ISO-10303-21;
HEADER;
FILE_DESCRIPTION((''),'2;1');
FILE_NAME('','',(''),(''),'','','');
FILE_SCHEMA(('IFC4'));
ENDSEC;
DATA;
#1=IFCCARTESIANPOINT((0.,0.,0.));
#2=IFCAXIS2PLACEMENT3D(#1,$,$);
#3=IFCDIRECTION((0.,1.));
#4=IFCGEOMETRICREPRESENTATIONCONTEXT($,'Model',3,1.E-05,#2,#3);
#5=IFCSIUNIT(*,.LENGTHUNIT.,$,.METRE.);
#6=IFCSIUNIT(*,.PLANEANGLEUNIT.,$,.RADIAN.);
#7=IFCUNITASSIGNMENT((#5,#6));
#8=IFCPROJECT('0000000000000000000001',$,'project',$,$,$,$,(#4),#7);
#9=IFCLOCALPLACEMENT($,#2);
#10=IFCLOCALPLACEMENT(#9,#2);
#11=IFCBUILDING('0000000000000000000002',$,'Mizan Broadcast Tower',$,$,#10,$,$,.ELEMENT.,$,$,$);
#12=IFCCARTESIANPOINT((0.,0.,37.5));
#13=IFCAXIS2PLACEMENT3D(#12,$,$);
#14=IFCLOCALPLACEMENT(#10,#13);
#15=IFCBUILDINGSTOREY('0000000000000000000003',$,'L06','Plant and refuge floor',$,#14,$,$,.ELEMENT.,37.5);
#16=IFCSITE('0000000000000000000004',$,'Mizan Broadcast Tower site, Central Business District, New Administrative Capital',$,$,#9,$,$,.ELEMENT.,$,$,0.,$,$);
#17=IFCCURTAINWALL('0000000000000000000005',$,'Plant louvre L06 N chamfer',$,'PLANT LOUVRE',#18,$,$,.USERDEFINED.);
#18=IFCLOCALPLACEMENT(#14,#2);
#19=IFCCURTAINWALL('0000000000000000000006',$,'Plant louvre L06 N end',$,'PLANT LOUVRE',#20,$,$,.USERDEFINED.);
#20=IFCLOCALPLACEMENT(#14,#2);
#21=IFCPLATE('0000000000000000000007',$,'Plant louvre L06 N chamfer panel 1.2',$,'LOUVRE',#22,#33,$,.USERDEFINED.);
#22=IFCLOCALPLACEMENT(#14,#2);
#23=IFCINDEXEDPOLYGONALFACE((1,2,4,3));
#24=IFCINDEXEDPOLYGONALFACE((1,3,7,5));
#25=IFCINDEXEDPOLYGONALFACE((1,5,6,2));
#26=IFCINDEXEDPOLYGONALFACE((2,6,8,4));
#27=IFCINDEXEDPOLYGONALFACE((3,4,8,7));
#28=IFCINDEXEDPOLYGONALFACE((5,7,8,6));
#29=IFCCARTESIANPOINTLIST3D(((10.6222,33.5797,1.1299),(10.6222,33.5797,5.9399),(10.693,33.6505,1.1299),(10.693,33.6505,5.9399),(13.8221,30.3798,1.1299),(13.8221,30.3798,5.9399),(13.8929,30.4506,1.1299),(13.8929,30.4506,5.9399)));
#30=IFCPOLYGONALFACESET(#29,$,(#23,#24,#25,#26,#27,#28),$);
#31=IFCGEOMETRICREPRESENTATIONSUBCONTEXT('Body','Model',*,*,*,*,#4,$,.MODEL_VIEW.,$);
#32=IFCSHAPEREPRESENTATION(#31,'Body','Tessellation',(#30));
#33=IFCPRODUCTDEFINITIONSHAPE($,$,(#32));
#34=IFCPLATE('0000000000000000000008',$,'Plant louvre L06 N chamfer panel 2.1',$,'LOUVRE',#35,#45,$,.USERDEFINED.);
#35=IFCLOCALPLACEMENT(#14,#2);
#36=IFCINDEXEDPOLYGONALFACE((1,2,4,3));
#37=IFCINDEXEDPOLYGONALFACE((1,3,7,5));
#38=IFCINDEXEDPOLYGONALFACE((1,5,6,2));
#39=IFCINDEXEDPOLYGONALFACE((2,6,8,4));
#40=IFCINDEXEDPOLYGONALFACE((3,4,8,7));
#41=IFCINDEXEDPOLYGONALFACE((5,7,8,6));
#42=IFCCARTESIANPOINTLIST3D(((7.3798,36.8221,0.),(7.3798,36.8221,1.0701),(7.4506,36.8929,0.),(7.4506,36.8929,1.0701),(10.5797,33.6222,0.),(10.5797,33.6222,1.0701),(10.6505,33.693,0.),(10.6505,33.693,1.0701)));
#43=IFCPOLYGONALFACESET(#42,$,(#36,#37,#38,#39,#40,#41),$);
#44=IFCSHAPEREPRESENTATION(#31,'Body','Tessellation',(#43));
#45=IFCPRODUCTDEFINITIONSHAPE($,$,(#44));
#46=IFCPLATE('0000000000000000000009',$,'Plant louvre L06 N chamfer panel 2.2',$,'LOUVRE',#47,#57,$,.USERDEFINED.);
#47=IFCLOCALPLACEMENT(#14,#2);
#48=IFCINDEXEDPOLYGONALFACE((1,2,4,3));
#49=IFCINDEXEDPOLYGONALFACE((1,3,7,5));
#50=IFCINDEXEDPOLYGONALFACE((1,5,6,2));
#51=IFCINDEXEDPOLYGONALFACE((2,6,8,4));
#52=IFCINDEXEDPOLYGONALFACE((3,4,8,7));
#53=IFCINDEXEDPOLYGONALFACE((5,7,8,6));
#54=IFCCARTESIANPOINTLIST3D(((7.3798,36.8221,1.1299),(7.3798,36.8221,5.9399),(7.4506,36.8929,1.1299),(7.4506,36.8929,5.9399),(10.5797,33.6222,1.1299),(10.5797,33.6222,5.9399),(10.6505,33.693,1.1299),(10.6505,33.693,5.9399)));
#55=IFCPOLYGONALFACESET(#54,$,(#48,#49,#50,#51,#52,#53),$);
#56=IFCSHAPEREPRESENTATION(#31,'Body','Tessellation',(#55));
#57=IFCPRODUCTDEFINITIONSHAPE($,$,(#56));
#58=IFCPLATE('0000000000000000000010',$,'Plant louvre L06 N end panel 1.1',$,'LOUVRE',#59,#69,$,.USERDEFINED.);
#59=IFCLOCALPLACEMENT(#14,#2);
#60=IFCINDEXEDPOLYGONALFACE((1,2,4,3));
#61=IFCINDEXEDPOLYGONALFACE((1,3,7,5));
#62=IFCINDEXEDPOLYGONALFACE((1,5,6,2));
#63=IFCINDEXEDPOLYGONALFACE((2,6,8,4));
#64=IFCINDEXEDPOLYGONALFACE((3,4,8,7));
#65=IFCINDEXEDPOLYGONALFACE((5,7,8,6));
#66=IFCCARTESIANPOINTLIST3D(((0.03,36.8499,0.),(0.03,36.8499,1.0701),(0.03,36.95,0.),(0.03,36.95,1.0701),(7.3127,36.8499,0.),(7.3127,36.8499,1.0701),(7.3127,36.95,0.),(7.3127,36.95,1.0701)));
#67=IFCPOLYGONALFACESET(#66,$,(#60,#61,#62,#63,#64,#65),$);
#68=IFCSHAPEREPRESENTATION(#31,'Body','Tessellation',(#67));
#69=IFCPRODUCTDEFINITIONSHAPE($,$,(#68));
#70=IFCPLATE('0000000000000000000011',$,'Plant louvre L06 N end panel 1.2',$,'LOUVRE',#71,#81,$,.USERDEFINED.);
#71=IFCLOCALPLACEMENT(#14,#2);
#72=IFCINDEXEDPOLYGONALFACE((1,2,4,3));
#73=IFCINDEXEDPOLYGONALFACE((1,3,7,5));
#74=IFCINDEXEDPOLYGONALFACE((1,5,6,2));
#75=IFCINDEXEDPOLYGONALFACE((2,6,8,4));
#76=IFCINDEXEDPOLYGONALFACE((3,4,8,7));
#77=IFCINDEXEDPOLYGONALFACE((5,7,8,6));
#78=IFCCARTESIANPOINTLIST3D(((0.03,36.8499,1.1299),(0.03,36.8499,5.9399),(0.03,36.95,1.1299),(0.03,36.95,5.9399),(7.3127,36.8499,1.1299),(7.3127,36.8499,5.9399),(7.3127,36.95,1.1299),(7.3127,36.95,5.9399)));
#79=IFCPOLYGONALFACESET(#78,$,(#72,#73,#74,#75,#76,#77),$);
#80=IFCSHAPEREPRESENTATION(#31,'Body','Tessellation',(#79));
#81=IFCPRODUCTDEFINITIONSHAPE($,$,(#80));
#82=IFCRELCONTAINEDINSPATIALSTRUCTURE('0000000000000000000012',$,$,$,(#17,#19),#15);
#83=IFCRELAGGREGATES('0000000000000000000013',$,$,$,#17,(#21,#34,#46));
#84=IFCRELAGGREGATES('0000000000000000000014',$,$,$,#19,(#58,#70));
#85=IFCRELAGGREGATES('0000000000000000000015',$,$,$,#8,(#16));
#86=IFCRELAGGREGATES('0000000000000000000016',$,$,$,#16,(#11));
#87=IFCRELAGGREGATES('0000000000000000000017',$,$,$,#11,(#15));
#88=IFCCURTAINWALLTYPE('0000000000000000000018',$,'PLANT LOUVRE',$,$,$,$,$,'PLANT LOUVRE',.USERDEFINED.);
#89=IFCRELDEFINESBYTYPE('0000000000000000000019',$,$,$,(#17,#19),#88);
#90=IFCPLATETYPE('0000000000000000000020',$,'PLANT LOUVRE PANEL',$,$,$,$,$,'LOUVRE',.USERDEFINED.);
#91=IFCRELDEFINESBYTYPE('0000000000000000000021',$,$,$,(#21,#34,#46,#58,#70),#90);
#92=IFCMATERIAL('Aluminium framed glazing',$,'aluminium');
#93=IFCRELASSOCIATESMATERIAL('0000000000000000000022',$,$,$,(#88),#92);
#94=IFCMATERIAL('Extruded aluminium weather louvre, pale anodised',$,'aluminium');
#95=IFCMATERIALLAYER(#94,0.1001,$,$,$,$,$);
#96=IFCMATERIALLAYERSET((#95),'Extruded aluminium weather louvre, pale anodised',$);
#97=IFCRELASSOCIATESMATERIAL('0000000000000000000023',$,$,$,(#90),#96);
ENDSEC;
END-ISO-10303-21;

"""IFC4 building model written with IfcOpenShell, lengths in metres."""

from ifc_helpers import new_model, si_unit, direction, frame, origin, origin_2d, place, context, subcontext, project, spatial, rectangle, extrude, material, layer, layer_set, type_object, element, aggregate, save


model = new_model("IFC4")

# Units and contexts
model_context = context("Model", 3, precision=1e-05, world=origin(), true_north=direction((0.0, 1.0)))
body_context = subcontext(model_context, "Body", "Model", "MODEL_VIEW")
ifc_project = project(units=[si_unit("LENGTHUNIT", "METRE"), si_unit("PLANEANGLEUNIT", "RADIAN")], contexts=[model_context])

# Site, building, storey
site_placement = place(None, origin())
site = spatial("IfcSite", under=ifc_project, at=site_placement, Name="Mizan Broadcast Tower site, Central Business District, New Administrative Capital", CompositionType="ELEMENT", RefElevation=0.0)
building_placement = place(site_placement, origin())
building = spatial("IfcBuilding", under=site, at=building_placement, Name="Mizan Broadcast Tower", CompositionType="ELEMENT")
storey_placement = place(building_placement, frame((0.0, 0.0, 37.5)))
storey = spatial("IfcBuildingStorey", under=building, at=storey_placement, Name="L06", Description="Plant and refuge floor", CompositionType="ELEMENT", Elevation=37.5)

# Curtain wall
ifc_material_1 = material(Name="Aluminium framed glazing", Category="aluminium")
curtain_wall_type = type_object("IfcCurtainWallType", Name="PLANT LOUVRE", ElementType="PLANT LOUVRE", PredefinedType="USERDEFINED", material=ifc_material_1)
curtain_wall_1_placement = place(storey_placement, origin())
curtain_wall_1 = element("IfcCurtainWall", 1, at=curtain_wall_1_placement, inside=storey, type_object=curtain_wall_type, Name="Plant louvre L06 N chamfer", ObjectType="PLANT LOUVRE", PredefinedType="USERDEFINED")

# Curtain wall
curtain_wall_2_placement = place(storey_placement, origin())
curtain_wall_2 = element("IfcCurtainWall", 2, at=curtain_wall_2_placement, inside=storey, type_object=curtain_wall_type, Name="Plant louvre L06 N end", ObjectType="PLANT LOUVRE", PredefinedType="USERDEFINED")

# Plates
ifc_material_2 = material(Name="Extruded aluminium weather louvre, pale anodised", Category="aluminium")
ifc_layer = layer(ifc_material_2, 0.1001)
ifc_layer_set = layer_set([ifc_layer], Name="Extruded aluminium weather louvre, pale anodised")
plate_type = type_object("IfcPlateType", Name="PLANT LOUVRE PANEL", ElementType="LOUVRE", PredefinedType="USERDEFINED", material=ifc_layer_set)
plate_1_placement = place(storey_placement, frame((12.2576, 32.0151, 1.1299), z_axis=(0.0, 0.0, 1.0), x_axis=(-0.707107, 0.707107, 0.0)))
plate_1 = element("IfcPlate", 3, at=plate_1_placement, type_object=plate_type, Name="Plant louvre L06 N chamfer panel 1.2", ObjectType="LOUVRE", PredefinedType="USERDEFINED", context=body_context, shape_type="SweptSolid", body=[
    extrude(rectangle(XDim=4.5254, YDim=0.1001, at=origin_2d()), origin(), (0.0, 0.0, 1.0), 4.8101),
])
plate_2_placement = place(storey_placement, frame((9.0151, 35.2576, 0.0), z_axis=(0.0, 0.0, 1.0), x_axis=(-0.707107, 0.707107, 0.0)))
plate_2 = element("IfcPlate", 4, at=plate_2_placement, type_object=plate_type, Name="Plant louvre L06 N chamfer panel 2.1", ObjectType="LOUVRE", PredefinedType="USERDEFINED", context=body_context, shape_type="SweptSolid", body=[
    extrude(rectangle(XDim=4.5254, YDim=0.1001, at=origin_2d()), origin(), (0.0, 0.0, 1.0), 1.0701),
])
plate_3_placement = place(storey_placement, frame((9.0151, 35.2576, 1.1299), z_axis=(0.0, 0.0, 1.0), x_axis=(-0.707107, 0.707107, 0.0)))
plate_3 = element("IfcPlate", 5, at=plate_3_placement, type_object=plate_type, Name="Plant louvre L06 N chamfer panel 2.2", ObjectType="LOUVRE", PredefinedType="USERDEFINED", context=body_context, shape_type="SweptSolid", body=[
    extrude(rectangle(XDim=4.5254, YDim=0.1001, at=origin_2d()), origin(), (0.0, 0.0, 1.0), 4.8101),
])
aggregate(curtain_wall_1, [plate_1, plate_2, plate_3])
plate_4_placement = place(storey_placement, frame((3.6714, 36.8999, 0.0), z_axis=(0.0, 0.0, 1.0), x_axis=(-1.0, 0.0, 0.0)))
plate_4 = element("IfcPlate", 6, at=plate_4_placement, type_object=plate_type, Name="Plant louvre L06 N end panel 1.1", ObjectType="LOUVRE", PredefinedType="USERDEFINED", context=body_context, shape_type="SweptSolid", body=[
    extrude(rectangle(XDim=7.2827, YDim=0.1001, at=origin_2d()), origin(), (0.0, 0.0, 1.0), 1.0701),
])
plate_5_placement = place(storey_placement, frame((3.6714, 36.8999, 1.1299), z_axis=(0.0, 0.0, 1.0), x_axis=(-1.0, 0.0, 0.0)))
plate_5 = element("IfcPlate", 7, at=plate_5_placement, type_object=plate_type, Name="Plant louvre L06 N end panel 1.2", ObjectType="LOUVRE", PredefinedType="USERDEFINED", context=body_context, shape_type="SweptSolid", body=[
    extrude(rectangle(XDim=7.2827, YDim=0.1001, at=origin_2d()), origin(), (0.0, 0.0, 1.0), 4.8101),
])
aggregate(curtain_wall_2, [plate_4, plate_5])

save(model, "model.ifc")
